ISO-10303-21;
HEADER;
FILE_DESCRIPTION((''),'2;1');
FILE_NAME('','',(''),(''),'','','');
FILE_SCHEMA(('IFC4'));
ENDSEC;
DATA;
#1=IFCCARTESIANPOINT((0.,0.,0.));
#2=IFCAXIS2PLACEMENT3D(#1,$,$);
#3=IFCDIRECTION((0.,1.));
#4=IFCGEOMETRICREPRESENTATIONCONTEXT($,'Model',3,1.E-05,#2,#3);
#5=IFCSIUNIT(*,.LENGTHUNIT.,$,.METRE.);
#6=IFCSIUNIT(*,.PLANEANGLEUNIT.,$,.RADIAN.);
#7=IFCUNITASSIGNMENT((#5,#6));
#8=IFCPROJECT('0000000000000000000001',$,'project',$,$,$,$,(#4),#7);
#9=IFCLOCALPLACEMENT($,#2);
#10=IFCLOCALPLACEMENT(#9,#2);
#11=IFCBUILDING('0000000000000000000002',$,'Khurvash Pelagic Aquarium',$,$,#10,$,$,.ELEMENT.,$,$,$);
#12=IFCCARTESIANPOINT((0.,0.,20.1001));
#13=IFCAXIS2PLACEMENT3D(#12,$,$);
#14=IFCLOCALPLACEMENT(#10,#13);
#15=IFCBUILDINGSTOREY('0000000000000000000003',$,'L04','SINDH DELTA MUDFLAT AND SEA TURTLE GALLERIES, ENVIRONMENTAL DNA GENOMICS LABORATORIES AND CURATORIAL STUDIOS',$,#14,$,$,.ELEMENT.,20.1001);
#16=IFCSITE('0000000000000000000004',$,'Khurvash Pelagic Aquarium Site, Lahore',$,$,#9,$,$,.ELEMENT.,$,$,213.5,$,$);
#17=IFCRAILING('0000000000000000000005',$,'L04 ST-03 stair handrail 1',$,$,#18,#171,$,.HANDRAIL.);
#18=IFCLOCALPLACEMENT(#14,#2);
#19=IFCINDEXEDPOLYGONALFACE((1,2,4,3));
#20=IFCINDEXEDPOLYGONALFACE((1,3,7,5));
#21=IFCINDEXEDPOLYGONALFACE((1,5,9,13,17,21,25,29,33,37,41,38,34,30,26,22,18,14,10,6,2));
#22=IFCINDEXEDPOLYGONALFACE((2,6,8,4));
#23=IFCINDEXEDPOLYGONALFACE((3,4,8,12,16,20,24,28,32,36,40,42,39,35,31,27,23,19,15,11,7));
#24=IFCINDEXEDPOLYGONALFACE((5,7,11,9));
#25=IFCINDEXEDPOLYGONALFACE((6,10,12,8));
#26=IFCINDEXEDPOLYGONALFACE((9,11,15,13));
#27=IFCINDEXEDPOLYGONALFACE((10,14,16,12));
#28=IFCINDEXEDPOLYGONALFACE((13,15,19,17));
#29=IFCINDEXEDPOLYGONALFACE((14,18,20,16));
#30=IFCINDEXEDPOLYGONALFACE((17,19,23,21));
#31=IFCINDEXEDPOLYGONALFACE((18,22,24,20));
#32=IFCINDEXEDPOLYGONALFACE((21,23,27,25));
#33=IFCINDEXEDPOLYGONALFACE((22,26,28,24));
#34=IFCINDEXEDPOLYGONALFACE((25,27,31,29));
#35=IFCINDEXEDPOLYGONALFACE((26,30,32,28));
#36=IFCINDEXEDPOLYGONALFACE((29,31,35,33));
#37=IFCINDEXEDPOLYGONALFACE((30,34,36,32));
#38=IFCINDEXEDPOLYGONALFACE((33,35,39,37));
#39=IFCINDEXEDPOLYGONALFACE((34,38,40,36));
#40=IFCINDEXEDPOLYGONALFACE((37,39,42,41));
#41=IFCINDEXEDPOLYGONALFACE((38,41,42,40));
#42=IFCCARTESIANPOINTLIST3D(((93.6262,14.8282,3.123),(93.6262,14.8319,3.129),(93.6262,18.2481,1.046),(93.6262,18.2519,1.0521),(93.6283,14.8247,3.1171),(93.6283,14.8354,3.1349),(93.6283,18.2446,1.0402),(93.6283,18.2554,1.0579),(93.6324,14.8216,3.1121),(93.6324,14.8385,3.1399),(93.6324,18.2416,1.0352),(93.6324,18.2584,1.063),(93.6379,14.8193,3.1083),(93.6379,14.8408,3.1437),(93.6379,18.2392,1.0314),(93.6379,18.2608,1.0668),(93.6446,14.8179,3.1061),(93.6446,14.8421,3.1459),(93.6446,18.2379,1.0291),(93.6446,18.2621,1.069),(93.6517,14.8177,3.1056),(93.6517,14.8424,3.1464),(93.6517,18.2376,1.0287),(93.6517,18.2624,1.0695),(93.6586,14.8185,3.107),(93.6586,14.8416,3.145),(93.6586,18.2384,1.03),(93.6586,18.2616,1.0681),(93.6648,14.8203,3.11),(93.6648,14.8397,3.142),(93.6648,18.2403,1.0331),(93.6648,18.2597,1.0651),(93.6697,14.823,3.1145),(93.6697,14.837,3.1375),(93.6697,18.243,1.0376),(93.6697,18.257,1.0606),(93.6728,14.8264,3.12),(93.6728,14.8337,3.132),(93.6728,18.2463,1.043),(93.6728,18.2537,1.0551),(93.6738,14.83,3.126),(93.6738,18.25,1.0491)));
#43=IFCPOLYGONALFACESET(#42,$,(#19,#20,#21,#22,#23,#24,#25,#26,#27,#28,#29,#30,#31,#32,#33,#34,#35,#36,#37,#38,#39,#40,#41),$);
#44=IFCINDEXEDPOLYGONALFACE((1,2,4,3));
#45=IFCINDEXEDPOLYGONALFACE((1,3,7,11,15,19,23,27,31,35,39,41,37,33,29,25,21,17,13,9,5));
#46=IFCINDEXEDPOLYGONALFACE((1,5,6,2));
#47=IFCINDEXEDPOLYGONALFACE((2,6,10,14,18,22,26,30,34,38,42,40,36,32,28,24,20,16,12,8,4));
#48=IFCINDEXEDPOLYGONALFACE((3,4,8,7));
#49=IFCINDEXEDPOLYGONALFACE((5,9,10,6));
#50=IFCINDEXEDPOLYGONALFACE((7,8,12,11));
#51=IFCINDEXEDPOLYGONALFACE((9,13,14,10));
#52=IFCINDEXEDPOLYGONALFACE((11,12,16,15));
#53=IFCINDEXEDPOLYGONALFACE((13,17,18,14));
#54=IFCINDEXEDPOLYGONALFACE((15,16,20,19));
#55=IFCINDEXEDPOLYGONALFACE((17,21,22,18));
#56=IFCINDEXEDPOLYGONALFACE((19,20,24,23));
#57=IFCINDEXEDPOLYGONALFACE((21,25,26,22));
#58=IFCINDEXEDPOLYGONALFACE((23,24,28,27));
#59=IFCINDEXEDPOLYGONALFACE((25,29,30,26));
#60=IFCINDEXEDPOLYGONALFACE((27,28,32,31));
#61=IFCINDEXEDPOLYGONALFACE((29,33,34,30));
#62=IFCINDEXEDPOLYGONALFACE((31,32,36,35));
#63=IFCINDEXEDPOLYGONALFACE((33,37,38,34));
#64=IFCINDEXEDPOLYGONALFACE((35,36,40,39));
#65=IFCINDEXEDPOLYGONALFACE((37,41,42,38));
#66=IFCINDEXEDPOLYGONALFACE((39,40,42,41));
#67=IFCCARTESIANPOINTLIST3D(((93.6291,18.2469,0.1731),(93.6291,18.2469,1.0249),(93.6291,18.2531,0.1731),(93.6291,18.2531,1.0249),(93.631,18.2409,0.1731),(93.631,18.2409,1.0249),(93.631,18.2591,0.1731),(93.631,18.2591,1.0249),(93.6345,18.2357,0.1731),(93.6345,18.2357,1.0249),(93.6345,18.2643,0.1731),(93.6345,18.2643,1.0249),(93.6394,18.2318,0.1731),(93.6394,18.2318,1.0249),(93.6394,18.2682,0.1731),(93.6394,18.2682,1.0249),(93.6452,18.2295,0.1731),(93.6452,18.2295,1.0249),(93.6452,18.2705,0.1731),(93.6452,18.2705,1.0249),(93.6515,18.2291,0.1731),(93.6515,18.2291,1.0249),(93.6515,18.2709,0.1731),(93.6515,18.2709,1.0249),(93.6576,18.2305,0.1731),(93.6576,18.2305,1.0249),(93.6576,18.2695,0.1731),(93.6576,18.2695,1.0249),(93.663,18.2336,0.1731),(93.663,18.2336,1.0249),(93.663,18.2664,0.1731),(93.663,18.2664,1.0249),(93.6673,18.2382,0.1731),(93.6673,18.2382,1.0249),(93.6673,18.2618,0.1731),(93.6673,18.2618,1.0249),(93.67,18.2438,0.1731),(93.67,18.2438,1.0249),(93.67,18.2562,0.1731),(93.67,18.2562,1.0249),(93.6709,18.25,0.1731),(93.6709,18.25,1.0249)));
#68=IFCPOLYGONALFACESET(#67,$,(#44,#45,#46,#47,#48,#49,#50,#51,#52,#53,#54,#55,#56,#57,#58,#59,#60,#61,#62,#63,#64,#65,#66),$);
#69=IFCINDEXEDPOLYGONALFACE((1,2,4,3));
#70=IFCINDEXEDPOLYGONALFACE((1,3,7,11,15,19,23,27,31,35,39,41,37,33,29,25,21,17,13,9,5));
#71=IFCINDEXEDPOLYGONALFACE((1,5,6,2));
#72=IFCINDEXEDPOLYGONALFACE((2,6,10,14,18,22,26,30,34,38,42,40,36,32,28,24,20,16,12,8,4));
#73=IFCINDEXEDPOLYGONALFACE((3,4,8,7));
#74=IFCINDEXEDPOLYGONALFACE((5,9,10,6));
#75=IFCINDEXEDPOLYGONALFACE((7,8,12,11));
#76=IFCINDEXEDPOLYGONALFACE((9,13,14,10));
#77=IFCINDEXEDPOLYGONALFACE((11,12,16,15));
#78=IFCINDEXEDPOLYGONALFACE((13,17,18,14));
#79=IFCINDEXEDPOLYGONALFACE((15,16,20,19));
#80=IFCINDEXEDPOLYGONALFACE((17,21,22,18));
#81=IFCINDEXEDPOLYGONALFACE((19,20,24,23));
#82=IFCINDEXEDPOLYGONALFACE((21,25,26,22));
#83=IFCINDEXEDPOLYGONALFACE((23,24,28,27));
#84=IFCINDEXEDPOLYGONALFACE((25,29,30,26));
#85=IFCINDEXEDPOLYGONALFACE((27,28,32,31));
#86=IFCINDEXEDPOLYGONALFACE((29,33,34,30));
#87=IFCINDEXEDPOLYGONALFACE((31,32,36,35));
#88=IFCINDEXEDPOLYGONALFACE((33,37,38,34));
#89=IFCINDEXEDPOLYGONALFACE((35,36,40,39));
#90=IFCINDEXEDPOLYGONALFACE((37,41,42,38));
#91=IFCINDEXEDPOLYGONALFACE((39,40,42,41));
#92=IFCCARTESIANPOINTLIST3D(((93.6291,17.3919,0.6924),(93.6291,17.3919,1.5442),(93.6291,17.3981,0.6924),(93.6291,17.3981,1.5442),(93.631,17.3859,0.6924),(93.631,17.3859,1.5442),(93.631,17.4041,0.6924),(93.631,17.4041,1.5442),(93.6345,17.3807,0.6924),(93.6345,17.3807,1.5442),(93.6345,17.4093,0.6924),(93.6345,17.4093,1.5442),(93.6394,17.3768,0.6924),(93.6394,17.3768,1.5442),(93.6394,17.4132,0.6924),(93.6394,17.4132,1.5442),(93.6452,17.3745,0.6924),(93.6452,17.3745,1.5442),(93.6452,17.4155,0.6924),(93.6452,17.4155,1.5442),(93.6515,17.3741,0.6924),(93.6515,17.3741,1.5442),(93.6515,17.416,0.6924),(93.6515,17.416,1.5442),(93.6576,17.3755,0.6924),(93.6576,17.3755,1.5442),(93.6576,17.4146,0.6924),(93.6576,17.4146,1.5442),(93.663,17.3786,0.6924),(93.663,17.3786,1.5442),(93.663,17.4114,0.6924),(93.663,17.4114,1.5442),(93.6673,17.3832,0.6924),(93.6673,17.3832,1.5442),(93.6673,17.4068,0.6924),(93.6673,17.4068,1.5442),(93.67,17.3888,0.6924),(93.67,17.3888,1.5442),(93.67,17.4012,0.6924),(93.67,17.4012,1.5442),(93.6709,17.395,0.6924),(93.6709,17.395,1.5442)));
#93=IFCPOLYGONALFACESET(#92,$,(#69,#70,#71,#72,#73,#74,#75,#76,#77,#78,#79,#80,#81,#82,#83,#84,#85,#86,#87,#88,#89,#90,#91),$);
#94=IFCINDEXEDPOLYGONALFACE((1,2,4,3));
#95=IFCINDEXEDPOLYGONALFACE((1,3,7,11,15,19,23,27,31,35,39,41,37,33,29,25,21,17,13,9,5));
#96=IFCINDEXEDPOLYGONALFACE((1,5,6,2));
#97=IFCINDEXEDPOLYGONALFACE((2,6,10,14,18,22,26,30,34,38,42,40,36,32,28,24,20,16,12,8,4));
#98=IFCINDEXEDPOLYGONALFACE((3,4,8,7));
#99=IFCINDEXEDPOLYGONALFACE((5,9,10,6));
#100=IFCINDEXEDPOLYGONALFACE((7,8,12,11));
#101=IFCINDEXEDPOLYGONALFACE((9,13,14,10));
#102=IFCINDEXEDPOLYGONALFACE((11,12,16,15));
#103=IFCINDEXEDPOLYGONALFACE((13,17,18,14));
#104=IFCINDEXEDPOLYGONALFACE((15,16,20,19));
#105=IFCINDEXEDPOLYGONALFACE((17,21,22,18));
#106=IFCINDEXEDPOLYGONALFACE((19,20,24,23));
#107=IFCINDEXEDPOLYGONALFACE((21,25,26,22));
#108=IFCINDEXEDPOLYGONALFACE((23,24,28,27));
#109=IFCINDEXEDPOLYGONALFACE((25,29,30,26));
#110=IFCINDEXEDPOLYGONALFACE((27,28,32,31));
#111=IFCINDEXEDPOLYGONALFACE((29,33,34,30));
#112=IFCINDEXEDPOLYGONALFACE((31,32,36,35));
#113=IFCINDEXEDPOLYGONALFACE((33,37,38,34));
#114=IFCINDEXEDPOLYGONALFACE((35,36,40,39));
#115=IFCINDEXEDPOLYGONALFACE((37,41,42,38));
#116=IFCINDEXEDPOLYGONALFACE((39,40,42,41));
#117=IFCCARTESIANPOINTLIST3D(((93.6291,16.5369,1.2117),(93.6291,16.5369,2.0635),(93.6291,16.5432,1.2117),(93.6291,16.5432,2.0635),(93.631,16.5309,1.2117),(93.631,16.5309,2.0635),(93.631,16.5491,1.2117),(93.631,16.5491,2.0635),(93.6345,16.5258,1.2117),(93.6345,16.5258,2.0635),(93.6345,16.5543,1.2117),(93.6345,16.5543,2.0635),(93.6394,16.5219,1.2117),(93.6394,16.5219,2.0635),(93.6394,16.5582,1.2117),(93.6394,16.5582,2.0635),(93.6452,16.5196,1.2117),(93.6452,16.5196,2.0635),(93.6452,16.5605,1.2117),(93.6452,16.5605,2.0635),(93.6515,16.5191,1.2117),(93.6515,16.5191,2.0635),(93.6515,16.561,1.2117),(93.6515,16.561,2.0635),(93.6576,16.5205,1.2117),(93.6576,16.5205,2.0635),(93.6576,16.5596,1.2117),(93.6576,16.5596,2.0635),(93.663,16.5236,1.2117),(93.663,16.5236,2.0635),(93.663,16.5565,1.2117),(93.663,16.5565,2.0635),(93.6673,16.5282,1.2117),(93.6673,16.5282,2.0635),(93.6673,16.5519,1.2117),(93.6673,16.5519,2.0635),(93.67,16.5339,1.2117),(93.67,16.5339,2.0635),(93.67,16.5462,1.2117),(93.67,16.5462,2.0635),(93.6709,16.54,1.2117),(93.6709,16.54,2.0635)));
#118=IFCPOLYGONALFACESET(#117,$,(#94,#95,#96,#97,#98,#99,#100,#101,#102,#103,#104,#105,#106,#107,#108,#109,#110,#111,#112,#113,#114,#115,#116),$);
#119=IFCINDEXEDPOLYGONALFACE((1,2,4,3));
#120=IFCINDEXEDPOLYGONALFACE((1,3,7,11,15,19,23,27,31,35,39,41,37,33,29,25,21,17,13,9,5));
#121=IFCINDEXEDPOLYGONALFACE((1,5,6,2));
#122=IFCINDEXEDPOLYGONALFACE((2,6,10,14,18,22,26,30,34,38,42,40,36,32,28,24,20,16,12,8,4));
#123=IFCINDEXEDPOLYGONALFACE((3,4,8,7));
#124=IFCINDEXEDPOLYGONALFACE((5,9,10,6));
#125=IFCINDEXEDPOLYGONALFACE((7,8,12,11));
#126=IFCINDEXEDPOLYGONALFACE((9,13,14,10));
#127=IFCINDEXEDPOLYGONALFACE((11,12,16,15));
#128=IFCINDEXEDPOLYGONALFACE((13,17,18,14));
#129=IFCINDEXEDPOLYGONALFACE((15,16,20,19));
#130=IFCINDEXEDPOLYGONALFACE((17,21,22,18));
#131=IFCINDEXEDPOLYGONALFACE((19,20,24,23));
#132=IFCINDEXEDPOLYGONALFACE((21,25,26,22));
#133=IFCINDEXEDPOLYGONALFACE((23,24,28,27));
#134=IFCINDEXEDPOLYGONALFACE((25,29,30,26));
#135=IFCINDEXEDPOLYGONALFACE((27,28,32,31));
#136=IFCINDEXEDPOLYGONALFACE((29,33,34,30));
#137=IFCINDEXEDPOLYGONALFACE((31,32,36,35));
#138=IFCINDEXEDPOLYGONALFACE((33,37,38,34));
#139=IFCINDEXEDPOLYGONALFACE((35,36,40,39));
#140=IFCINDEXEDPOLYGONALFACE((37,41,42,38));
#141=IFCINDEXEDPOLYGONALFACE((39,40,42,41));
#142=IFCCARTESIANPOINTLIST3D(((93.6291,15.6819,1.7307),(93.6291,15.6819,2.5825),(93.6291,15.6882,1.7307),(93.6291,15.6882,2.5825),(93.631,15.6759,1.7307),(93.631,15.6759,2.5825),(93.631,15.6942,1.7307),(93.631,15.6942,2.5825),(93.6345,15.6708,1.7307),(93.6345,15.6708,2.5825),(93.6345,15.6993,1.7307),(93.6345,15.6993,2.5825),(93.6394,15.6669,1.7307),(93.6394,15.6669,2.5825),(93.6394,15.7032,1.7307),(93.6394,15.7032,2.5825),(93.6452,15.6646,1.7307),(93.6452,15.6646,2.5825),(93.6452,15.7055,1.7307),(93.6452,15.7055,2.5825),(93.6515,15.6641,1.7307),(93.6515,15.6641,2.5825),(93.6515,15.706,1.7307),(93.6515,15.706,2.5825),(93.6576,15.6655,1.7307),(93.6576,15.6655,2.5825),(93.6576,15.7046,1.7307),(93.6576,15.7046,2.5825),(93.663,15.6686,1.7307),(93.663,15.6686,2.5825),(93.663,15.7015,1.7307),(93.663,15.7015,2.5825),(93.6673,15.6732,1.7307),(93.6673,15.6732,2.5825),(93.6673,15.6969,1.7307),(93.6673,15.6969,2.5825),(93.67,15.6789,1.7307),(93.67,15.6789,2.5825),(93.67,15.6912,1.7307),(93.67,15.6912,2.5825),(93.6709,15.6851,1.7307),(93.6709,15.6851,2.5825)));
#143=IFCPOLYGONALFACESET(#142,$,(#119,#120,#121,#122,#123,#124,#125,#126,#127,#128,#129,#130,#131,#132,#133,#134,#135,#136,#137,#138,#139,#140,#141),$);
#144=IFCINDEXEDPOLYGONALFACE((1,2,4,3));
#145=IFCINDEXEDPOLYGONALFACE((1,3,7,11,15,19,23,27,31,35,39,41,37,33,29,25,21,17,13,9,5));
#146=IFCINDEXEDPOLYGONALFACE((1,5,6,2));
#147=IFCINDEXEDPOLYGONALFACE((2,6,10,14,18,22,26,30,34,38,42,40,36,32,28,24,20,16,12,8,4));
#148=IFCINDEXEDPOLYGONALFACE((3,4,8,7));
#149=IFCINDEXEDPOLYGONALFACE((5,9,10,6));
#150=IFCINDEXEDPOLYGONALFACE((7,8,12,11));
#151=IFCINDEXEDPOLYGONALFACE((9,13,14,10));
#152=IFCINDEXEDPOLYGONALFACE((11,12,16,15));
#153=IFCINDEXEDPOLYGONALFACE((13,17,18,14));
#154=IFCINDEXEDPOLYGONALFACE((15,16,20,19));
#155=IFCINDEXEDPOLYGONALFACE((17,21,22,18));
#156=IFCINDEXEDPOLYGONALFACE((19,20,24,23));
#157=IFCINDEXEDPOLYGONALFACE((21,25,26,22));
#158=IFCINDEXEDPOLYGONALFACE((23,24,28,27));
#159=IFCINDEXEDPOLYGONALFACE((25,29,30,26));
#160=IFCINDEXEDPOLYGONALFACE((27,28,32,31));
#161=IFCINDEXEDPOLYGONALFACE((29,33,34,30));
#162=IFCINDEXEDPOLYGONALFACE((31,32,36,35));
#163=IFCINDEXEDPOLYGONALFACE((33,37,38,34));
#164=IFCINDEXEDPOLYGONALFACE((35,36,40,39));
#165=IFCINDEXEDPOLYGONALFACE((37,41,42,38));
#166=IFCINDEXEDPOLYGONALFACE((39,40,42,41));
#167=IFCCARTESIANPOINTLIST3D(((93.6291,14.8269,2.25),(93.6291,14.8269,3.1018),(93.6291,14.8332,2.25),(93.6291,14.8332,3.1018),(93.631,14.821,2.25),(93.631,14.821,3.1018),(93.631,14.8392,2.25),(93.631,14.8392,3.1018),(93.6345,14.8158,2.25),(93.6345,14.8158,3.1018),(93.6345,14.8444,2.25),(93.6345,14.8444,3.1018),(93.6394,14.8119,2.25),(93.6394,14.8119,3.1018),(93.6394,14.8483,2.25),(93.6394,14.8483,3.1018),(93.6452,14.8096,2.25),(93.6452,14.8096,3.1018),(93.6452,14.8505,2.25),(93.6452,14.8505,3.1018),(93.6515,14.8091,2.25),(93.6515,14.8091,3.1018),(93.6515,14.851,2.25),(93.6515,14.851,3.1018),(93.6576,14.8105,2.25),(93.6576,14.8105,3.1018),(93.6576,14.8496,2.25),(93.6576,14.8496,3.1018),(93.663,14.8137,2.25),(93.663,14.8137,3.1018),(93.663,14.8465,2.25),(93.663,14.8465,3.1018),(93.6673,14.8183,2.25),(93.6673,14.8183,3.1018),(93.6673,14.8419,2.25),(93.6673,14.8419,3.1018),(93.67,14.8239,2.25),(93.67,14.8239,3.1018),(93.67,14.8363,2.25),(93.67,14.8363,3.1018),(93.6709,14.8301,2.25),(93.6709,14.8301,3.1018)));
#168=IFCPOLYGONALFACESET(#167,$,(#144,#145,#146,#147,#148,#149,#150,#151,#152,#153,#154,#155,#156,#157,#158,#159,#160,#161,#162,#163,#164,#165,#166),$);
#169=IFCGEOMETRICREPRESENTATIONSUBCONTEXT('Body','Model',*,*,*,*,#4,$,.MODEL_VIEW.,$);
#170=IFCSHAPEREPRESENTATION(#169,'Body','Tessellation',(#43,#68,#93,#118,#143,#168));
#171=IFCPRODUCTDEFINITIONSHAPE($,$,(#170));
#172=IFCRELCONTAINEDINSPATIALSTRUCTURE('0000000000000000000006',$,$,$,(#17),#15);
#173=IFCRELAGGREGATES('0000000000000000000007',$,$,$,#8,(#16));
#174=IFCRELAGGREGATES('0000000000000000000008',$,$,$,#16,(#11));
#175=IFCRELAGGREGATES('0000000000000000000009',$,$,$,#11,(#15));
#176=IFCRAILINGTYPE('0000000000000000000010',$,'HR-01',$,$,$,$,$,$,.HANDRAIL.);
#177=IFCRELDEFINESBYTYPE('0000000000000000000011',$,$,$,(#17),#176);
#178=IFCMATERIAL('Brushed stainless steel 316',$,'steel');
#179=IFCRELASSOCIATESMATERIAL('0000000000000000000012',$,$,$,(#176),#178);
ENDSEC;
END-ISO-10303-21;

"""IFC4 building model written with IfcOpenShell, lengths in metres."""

from ifc_helpers import new_model, si_unit, direction, frame, origin, origin_2d, place, context, subcontext, project, spatial, circle, extrude, material, type_object, element, save


model = new_model("IFC4")

# Units and contexts
model_context = context("Model", 3, precision=1e-05, world=origin(), true_north=direction((0.0, 1.0)))
body_context = subcontext(model_context, "Body", "Model", "MODEL_VIEW")
ifc_project = project(units=[si_unit("LENGTHUNIT", "METRE"), si_unit("PLANEANGLEUNIT", "RADIAN")], contexts=[model_context])

# Site, building, storey
site_placement = place(None, origin())
site = spatial("IfcSite", under=ifc_project, at=site_placement, Name="Khurvash Pelagic Aquarium Site, Lahore", CompositionType="ELEMENT", RefElevation=213.5)
building_placement = place(site_placement, origin())
building = spatial("IfcBuilding", under=site, at=building_placement, Name="Khurvash Pelagic Aquarium", CompositionType="ELEMENT")
storey_placement = place(building_placement, frame((0.0, 0.0, 20.1001)))
storey = spatial("IfcBuildingStorey", under=building, at=storey_placement, Name="L04", Description="SINDH DELTA MUDFLAT AND SEA TURTLE GALLERIES, ENVIRONMENTAL DNA GENOMICS LABORATORIES AND CURATORIAL STUDIOS", CompositionType="ELEMENT", Elevation=20.1001)

# Railing
ifc_material_1 = material(Name="Brushed stainless steel 316", Category="steel")
railing_type_1 = type_object("IfcRailingType", Name="HR-01", PredefinedType="HANDRAIL", material=ifc_material_1)
railing_1_placement = place(storey_placement, frame((93.6499, 18.25, 0.1731)))
element("IfcRailing", 1, at=railing_1_placement, inside=storey, type_object=railing_type_1, Name="L04 ST-03 stair handrail 1", PredefinedType="HANDRAIL", context=body_context, shape_type="SweptSolid", body=[
    extrude(circle(Radius=0.0239, at=origin_2d()), frame((0.0, 0.0, 0.876), z_axis=(0.0, -0.85473, 0.519074), x_axis=(1.0, 0.0, 0.0)), (0.0, 0.0, 1.0), 4.0012),
    extrude(circle(Radius=0.021, at=origin_2d()), origin(), (0.0, 0.0, 1.0), 0.8518),
    extrude(circle(Radius=0.021, at=origin_2d()), frame((0.0, -0.855, 0.5193)), (0.0, 0.0, 1.0), 0.8518),
    extrude(circle(Radius=0.021, at=origin_2d()), frame((0.0, -1.71, 1.0386)), (0.0, 0.0, 1.0), 0.8518),
    extrude(circle(Radius=0.021, at=origin_2d()), frame((0.0, -2.5649, 1.5576)), (0.0, 0.0, 1.0), 0.8518),
    extrude(circle(Radius=0.021, at=origin_2d()), frame((0.0, -3.4199, 2.0769)), (0.0, 0.0, 1.0), 0.8518),
])

save(model, "model.ifc")
